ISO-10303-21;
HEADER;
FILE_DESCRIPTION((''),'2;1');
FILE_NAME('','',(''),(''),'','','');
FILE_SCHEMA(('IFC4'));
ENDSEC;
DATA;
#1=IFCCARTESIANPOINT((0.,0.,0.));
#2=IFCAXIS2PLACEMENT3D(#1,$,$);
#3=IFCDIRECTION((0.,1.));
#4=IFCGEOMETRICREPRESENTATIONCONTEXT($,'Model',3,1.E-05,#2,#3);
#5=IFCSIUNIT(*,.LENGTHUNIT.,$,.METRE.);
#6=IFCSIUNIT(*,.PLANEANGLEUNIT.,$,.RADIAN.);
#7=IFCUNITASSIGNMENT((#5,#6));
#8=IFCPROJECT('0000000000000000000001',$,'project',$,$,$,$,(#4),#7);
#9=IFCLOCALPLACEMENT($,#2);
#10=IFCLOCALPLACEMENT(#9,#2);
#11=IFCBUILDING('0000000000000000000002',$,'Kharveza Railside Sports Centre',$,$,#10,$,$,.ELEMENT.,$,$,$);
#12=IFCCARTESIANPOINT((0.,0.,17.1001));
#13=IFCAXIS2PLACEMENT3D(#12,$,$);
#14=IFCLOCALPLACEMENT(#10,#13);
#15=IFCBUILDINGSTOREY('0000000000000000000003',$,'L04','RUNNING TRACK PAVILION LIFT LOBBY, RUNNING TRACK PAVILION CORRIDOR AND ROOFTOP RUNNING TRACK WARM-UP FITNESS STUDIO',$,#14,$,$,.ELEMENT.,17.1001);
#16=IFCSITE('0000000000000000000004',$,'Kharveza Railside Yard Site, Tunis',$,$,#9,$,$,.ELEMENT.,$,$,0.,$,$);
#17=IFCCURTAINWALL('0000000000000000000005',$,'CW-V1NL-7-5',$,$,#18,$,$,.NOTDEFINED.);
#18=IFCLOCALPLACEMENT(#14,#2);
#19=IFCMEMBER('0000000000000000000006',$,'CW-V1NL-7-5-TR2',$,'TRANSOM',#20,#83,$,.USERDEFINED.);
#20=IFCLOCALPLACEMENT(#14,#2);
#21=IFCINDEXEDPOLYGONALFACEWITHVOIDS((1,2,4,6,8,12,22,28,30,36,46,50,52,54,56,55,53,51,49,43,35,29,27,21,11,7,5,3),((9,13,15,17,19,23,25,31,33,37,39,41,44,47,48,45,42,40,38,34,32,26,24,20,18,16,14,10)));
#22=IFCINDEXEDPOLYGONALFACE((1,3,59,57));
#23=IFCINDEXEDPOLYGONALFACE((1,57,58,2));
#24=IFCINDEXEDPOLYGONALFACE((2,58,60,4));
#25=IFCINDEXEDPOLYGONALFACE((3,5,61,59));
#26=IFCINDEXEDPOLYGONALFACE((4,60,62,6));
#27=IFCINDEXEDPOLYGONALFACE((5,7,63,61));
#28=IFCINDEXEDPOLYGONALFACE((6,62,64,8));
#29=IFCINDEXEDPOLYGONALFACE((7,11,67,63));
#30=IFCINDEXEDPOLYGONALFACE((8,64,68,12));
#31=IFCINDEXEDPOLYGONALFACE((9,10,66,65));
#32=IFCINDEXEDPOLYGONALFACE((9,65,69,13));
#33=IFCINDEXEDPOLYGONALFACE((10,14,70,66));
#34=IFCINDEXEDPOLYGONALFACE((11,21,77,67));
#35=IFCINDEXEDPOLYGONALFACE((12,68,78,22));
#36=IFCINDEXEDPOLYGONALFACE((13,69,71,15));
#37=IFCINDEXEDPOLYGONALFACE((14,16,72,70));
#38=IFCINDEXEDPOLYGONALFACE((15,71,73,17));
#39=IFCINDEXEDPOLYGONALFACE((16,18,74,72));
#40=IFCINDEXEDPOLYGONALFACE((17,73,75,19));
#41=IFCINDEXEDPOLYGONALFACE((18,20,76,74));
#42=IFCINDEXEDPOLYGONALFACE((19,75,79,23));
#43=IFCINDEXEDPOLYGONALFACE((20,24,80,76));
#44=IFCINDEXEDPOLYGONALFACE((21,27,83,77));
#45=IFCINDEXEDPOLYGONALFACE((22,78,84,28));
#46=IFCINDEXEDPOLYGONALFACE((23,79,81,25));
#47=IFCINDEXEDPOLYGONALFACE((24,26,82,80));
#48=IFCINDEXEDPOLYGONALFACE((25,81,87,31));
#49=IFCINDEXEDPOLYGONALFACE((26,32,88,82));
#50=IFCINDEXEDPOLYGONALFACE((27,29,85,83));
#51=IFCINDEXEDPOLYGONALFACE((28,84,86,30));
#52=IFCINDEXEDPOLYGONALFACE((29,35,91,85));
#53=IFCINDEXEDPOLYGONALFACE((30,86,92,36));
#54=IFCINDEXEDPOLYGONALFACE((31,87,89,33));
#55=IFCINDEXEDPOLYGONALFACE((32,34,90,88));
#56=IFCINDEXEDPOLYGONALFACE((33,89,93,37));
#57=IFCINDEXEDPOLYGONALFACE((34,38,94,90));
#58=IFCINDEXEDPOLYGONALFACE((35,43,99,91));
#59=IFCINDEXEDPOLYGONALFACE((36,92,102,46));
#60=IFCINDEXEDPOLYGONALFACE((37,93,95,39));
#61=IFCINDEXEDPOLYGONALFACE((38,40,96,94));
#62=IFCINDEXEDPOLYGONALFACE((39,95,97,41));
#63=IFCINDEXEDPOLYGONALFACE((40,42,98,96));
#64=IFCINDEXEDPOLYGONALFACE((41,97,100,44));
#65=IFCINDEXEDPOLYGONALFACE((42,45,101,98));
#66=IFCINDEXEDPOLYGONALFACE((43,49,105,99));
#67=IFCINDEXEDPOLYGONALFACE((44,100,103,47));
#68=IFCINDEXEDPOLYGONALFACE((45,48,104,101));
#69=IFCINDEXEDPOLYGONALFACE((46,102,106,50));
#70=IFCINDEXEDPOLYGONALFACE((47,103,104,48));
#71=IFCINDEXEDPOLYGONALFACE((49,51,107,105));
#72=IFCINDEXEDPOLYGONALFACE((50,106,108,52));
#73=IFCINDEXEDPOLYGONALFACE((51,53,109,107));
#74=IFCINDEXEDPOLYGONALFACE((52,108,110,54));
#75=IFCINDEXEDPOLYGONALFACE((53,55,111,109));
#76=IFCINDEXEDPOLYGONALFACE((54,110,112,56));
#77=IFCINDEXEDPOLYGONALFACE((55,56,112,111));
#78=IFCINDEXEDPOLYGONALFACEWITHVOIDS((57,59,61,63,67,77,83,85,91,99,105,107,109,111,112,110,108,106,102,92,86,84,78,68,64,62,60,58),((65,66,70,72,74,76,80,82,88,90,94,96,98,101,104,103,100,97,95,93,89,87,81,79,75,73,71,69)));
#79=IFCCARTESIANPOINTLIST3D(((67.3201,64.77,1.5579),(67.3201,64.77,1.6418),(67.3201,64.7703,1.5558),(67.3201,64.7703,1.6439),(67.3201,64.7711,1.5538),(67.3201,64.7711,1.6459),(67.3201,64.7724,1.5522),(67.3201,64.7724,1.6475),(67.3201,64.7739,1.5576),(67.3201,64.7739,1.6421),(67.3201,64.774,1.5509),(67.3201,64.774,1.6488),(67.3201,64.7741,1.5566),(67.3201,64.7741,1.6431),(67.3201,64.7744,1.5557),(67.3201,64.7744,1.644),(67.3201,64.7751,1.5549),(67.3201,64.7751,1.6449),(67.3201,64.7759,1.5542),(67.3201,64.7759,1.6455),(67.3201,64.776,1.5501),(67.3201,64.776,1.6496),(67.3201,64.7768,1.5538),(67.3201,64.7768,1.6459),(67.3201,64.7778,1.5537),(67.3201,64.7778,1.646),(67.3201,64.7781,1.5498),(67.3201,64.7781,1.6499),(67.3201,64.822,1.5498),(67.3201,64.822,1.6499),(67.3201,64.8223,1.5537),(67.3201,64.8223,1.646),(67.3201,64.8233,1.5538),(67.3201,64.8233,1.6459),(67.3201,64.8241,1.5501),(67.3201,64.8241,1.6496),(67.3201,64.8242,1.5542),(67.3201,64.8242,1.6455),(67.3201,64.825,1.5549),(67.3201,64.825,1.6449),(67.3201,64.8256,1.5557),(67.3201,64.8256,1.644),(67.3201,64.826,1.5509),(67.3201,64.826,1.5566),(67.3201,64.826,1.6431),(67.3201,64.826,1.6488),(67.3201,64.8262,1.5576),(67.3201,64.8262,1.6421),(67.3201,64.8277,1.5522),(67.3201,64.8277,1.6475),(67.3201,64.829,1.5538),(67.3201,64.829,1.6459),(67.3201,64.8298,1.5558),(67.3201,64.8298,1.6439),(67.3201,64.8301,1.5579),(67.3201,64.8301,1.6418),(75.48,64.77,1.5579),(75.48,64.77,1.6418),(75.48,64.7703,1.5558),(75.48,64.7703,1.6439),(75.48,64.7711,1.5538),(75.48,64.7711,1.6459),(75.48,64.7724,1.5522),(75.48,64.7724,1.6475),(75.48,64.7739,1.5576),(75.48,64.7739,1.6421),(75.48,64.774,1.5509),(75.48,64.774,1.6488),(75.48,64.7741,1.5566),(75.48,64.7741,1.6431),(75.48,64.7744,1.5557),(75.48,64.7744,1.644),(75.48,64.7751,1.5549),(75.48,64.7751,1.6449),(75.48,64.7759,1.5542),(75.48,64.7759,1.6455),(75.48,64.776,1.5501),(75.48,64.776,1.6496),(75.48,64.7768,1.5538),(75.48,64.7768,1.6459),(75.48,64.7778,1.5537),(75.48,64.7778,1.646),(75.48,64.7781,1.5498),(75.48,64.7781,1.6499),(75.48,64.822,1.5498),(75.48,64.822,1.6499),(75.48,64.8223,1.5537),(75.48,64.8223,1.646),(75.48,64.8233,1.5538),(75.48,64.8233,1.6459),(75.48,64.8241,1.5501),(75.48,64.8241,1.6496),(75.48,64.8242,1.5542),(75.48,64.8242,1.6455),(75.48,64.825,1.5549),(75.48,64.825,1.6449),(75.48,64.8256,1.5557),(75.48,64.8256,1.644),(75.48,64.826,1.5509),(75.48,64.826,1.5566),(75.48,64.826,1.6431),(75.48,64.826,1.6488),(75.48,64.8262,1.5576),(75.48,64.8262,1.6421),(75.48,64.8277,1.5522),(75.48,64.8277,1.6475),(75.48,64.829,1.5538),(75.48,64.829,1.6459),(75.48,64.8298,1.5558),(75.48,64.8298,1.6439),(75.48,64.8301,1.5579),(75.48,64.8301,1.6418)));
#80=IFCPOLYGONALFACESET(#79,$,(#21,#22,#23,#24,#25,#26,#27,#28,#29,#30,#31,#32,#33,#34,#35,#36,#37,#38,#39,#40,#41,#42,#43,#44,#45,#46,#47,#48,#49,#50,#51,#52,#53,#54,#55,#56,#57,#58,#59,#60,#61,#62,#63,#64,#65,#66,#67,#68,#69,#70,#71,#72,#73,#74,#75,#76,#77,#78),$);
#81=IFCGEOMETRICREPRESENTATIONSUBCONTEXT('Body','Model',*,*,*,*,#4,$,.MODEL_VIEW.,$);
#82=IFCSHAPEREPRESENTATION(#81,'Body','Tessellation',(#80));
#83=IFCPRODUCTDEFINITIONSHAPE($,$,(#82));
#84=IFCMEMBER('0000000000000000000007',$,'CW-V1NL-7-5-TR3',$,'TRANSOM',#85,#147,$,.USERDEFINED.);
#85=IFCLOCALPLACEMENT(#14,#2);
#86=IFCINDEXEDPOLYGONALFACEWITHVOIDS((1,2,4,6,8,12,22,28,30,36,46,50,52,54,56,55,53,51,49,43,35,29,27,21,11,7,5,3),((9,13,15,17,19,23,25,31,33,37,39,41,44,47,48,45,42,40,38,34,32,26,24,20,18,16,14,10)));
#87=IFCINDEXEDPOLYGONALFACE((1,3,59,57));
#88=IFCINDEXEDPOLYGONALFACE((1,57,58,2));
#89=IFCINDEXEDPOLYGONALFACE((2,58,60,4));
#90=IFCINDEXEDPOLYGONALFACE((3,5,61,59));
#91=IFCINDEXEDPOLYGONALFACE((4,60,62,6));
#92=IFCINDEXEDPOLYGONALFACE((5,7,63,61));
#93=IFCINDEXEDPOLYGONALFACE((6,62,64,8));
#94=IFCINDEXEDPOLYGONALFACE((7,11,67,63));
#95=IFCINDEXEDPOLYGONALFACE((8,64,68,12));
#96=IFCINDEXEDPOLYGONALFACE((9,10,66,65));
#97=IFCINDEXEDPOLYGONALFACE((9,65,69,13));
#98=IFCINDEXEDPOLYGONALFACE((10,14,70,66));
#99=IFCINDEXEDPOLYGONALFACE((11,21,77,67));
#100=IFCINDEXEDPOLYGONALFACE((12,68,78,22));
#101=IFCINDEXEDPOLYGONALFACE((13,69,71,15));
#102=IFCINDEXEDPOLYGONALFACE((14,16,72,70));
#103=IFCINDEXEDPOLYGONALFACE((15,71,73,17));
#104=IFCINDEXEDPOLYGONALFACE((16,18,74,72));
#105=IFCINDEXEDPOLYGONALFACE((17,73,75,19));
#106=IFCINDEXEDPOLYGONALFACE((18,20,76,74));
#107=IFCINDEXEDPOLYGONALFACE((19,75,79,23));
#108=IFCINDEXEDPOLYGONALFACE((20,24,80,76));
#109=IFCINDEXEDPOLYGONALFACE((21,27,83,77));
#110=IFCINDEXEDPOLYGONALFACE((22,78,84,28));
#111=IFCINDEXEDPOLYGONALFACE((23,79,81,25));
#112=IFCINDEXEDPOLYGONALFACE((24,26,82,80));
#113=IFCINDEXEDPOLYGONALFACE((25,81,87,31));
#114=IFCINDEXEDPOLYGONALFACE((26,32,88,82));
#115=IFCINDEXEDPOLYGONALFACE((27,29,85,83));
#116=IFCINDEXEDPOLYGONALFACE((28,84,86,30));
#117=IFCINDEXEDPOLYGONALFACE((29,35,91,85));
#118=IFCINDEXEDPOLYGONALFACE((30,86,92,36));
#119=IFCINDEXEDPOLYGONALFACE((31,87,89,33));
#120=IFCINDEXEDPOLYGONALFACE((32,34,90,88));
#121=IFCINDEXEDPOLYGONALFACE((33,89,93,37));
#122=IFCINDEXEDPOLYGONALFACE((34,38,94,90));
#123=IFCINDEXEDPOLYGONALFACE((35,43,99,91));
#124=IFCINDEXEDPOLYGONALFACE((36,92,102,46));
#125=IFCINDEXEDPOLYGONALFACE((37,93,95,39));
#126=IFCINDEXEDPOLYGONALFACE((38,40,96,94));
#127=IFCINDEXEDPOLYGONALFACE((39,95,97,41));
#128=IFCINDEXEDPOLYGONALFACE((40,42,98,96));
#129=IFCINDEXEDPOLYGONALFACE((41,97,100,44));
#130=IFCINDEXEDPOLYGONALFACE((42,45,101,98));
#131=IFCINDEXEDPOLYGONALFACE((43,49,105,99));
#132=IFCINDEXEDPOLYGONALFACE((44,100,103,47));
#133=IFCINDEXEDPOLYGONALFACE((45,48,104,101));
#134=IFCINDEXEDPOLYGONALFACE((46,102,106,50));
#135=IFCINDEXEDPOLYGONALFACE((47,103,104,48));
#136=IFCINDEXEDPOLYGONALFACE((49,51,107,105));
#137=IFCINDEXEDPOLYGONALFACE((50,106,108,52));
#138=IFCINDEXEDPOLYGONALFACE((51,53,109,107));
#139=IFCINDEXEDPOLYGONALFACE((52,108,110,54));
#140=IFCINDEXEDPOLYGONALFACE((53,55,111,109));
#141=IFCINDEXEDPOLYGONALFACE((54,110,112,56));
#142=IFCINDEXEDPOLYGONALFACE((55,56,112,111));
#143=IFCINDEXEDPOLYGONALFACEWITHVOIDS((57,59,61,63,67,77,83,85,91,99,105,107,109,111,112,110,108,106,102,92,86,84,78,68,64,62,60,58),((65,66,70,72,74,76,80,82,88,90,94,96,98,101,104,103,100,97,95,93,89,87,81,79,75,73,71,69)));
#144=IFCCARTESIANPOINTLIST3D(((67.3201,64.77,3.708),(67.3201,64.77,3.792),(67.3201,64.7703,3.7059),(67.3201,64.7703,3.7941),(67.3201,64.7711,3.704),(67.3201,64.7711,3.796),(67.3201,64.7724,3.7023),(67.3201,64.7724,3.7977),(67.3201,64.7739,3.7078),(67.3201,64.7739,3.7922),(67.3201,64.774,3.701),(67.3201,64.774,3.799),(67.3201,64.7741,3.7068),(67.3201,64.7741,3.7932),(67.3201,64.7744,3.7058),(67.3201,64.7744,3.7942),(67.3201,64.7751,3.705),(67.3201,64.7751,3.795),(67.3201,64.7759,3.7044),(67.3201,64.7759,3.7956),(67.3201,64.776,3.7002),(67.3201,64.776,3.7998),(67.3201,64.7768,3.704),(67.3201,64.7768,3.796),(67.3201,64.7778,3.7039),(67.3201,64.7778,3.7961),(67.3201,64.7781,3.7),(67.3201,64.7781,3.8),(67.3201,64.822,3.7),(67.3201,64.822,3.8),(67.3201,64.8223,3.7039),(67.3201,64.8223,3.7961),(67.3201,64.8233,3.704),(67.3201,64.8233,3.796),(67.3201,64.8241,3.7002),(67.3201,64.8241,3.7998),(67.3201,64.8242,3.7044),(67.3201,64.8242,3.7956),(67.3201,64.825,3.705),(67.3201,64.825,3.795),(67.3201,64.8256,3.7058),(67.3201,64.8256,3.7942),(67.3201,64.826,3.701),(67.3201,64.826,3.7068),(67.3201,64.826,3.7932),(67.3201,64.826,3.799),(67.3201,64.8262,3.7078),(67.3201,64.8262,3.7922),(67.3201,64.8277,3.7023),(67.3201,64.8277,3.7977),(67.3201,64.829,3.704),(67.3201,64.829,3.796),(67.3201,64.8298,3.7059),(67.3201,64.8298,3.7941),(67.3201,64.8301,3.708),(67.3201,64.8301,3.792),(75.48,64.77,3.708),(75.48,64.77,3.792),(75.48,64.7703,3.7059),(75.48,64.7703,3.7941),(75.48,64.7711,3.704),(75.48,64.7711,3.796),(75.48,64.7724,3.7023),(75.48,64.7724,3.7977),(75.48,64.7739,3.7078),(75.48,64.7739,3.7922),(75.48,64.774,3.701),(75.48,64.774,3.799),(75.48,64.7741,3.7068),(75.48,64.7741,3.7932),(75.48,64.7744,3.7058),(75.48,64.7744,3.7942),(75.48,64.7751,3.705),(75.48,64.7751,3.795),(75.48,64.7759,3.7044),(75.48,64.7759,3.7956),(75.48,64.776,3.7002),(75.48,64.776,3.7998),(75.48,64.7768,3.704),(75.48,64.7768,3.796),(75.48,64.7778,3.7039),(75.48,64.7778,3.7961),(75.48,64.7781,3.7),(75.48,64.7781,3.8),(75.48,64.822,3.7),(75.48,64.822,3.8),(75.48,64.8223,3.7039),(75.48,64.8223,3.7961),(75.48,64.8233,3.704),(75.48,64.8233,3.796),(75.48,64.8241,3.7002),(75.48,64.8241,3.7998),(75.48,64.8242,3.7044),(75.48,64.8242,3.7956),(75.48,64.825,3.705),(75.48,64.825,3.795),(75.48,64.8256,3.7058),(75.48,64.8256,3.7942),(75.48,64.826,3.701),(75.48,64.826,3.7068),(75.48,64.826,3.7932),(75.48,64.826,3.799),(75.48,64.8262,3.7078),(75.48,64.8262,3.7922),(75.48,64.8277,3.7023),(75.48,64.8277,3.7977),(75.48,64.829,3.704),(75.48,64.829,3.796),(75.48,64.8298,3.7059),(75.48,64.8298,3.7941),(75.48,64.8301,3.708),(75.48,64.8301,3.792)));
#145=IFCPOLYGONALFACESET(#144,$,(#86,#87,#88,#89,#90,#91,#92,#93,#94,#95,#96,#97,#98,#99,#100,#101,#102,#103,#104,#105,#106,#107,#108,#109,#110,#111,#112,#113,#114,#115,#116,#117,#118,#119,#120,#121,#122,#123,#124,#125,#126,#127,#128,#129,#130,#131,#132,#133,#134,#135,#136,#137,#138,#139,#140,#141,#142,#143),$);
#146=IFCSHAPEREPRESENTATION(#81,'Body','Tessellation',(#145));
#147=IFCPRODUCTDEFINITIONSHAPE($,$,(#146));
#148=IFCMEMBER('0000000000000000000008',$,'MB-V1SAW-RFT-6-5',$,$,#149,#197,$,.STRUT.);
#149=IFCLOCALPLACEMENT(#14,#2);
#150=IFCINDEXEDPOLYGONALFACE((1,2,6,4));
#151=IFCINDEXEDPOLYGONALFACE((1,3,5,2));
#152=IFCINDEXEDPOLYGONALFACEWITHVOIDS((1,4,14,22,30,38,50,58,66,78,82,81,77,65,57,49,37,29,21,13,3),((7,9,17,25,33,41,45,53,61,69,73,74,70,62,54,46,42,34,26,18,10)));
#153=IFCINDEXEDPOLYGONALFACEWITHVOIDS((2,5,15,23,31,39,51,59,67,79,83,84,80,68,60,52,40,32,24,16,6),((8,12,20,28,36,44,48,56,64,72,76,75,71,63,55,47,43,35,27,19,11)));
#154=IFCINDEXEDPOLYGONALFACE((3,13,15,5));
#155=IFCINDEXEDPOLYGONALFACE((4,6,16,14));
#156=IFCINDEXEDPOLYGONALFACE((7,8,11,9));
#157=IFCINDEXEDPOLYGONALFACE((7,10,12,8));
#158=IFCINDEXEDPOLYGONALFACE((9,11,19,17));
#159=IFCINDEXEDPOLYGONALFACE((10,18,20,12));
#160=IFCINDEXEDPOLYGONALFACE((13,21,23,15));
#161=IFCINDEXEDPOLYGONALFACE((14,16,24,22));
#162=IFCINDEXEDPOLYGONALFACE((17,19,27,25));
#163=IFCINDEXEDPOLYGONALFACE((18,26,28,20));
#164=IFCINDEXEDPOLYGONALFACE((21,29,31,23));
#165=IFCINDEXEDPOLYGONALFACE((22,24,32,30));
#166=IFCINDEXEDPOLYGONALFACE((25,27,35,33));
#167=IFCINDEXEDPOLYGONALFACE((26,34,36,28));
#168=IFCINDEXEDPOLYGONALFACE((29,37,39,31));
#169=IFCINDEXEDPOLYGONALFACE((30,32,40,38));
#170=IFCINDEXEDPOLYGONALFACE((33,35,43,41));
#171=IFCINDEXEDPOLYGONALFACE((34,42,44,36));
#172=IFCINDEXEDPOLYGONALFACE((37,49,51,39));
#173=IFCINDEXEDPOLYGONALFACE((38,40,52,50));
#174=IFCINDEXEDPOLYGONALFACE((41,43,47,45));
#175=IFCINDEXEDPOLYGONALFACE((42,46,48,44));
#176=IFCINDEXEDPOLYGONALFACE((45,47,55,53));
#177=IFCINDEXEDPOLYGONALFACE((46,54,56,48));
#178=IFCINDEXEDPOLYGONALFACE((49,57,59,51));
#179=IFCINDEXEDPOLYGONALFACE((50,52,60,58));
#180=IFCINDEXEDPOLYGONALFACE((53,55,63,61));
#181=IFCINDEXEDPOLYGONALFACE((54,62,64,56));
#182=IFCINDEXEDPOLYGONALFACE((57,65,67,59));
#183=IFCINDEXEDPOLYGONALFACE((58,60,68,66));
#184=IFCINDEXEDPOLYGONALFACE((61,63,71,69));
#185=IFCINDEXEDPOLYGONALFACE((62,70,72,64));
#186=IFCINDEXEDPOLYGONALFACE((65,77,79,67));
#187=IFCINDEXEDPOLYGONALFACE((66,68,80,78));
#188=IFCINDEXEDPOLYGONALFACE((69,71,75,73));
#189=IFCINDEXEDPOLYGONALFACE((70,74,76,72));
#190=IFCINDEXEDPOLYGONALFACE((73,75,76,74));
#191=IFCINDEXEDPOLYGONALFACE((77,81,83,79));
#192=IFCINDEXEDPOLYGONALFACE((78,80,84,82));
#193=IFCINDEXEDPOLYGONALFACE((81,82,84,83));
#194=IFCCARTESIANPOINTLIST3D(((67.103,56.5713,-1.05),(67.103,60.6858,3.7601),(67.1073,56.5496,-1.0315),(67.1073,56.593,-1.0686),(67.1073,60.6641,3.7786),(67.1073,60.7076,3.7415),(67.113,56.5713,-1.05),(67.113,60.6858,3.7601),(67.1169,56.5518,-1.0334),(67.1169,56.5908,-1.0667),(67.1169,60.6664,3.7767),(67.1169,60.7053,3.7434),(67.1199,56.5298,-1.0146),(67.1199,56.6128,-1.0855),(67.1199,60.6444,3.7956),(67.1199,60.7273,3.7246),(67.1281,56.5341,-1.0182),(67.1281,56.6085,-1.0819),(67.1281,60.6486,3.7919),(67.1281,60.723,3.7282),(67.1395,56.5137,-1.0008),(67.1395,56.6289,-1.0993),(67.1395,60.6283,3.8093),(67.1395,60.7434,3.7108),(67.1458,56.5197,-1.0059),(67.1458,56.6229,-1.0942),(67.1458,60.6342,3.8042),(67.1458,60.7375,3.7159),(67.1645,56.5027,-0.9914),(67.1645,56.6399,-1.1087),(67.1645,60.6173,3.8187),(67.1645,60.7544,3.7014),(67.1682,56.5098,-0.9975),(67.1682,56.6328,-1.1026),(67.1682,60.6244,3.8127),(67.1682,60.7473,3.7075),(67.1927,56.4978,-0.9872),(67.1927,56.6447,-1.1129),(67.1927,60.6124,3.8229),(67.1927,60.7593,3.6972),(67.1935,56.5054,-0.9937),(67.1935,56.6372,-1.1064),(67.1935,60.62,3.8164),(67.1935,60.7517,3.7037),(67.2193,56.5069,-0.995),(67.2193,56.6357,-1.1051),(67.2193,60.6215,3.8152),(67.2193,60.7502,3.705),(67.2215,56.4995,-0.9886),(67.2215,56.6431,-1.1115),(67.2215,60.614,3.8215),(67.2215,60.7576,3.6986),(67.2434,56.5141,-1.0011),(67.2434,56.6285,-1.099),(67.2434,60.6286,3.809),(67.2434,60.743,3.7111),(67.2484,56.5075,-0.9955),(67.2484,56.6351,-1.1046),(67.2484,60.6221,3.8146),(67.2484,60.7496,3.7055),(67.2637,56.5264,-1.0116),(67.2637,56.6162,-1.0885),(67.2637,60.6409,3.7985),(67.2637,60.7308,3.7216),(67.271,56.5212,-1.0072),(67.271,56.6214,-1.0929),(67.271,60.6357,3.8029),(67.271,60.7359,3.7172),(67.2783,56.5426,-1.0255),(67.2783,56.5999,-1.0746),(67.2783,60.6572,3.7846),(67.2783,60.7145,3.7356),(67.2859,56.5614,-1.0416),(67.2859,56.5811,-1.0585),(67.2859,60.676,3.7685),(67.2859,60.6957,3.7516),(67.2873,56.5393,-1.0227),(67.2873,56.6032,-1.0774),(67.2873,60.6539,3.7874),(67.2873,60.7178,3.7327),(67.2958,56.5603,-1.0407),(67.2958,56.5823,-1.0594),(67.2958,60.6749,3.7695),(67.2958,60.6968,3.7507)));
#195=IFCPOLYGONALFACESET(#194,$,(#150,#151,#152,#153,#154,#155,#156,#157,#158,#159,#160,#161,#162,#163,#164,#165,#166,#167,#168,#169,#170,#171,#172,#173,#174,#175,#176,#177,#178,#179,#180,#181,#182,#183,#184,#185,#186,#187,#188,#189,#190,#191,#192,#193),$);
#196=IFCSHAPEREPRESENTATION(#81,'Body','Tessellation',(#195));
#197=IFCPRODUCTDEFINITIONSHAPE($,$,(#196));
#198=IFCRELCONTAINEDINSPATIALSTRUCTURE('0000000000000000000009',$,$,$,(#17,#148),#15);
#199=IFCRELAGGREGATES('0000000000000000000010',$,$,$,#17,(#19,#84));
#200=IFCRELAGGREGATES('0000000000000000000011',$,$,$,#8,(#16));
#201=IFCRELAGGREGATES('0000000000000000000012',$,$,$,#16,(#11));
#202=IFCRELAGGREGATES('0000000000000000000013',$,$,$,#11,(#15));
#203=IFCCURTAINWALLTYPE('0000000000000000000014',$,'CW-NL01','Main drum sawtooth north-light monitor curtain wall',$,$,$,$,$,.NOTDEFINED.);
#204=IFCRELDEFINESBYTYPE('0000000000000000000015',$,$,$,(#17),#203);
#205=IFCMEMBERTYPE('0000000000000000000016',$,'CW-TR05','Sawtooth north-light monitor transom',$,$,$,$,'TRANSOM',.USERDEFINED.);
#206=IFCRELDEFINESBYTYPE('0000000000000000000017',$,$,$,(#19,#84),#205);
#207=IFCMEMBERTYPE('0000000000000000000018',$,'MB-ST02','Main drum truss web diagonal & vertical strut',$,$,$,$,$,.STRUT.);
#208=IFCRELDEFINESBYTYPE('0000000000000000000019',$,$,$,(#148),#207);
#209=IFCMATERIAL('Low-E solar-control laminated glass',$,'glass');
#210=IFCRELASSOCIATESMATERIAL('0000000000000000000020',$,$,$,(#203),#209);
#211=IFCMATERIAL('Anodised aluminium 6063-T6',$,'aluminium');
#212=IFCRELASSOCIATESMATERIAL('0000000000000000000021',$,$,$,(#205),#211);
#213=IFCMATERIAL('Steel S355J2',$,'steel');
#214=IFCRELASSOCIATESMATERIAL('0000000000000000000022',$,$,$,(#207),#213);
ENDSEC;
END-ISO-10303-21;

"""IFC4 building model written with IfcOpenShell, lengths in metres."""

from ifc_helpers import new_model, si_unit, direction, frame, origin, origin_2d, place, context, subcontext, project, spatial, hollow_rectangle, hollow_circle, extrude, material, material_profile, profile_set, type_object, element, aggregate, save


model = new_model("IFC4")

# Units and contexts
model_context = context("Model", 3, precision=1e-05, world=origin(), true_north=direction((0.0, 1.0)))
body_context = subcontext(model_context, "Body", "Model", "MODEL_VIEW")
ifc_project = project(units=[si_unit("LENGTHUNIT", "METRE"), si_unit("PLANEANGLEUNIT", "RADIAN")], contexts=[model_context])

# Site, building, storey
site_placement = place(None, origin())
site = spatial("IfcSite", under=ifc_project, at=site_placement, Name="Kharveza Railside Yard Site, Tunis", CompositionType="ELEMENT", RefElevation=0.0)
building_placement = place(site_placement, origin())
building = spatial("IfcBuilding", under=site, at=building_placement, Name="Kharveza Railside Sports Centre", CompositionType="ELEMENT")
storey_placement = place(building_placement, frame((0.0, 0.0, 17.1001)))
storey = spatial("IfcBuildingStorey", under=building, at=storey_placement, Name="L04", Description="RUNNING TRACK PAVILION LIFT LOBBY, RUNNING TRACK PAVILION CORRIDOR AND ROOFTOP RUNNING TRACK WARM-UP FITNESS STUDIO", CompositionType="ELEMENT", Elevation=17.1001)

# Shared definitions
ifc_material_1 = material(Name="Low-E solar-control laminated glass", Category="glass")
curtain_wall_type = type_object("IfcCurtainWallType", Name="CW-NL01", Description="Main drum sawtooth north-light monitor curtain wall", PredefinedType="NOTDEFINED", material=ifc_material_1)
ifc_material_2 = material(Name="Anodised aluminium 6063-T6", Category="aluminium")

# Curtain wall
curtain_wall_1_placement = place(storey_placement, origin())
curtain_wall_1 = element("IfcCurtainWall", 1, at=curtain_wall_1_placement, inside=storey, type_object=curtain_wall_type, Name="CW-V1NL-7-5", PredefinedType="NOTDEFINED")

# Members
ifc_material_profile_1 = material_profile(ifc_material_2, hollow_rectangle(XDim=0.0601, YDim=0.1001, WallThickness=0.0039, InnerFilletRadius=0.0039, OuterFilletRadius=0.0081, at=origin_2d()), Name="RHS 60x100x4.0")
ifc_profile_set_1 = profile_set([ifc_material_profile_1], Name="Anodised aluminium 6063-T6")
member_type_1 = type_object("IfcMemberType", Name="CW-TR05", Description="Sawtooth north-light monitor transom", ElementType="TRANSOM", PredefinedType="USERDEFINED", material=ifc_profile_set_1)
member_1_placement = place(storey_placement, frame((67.3201, 64.8, 1.5999), z_axis=(1.0, 0.0, 0.0), x_axis=(0.0, 1.0, 0.0)))
member_1 = element("IfcMember", 2, at=member_1_placement, type_object=member_type_1, Name="CW-V1NL-7-5-TR2", ObjectType="TRANSOM", PredefinedType="USERDEFINED", context=body_context, shape_type="SweptSolid", body=[
    extrude(hollow_rectangle(XDim=0.0601, YDim=0.1001, WallThickness=0.0039, InnerFilletRadius=0.0039, OuterFilletRadius=0.0081, at=origin_2d()), origin(), (0.0, 0.0, 1.0), 8.1599),
])
member_2_placement = place(storey_placement, frame((67.3201, 64.8, 3.75), z_axis=(1.0, 0.0, 0.0), x_axis=(0.0, 1.0, 0.0)))
member_2 = element("IfcMember", 3, at=member_2_placement, type_object=member_type_1, Name="CW-V1NL-7-5-TR3", ObjectType="TRANSOM", PredefinedType="USERDEFINED", context=body_context, shape_type="SweptSolid", body=[
    extrude(hollow_rectangle(XDim=0.0601, YDim=0.1001, WallThickness=0.0039, InnerFilletRadius=0.0039, OuterFilletRadius=0.0081, at=origin_2d()), origin(), (0.0, 0.0, 1.0), 8.1599),
])

# Member
ifc_material_3 = material(Name="Steel S355J2", Category="steel")
ifc_material_profile_2 = material_profile(ifc_material_3, hollow_circle(Radius=0.0969, WallThickness=0.01, at=origin_2d()), Name="CHS 193.7x10.0")
ifc_profile_set_2 = profile_set([ifc_material_profile_2], Name="Steel S355J2")
member_type_2 = type_object("IfcMemberType", Name="MB-ST02", Description="Main drum truss web diagonal & vertical strut", PredefinedType="STRUT", material=ifc_profile_set_2)
member_3_placement = place(storey_placement, frame((67.2, 56.5713, -1.05), z_axis=(0.0, 0.650026, 0.759912), x_axis=(-1.0, 0.0, 0.0)))
element("IfcMember", 4, at=member_3_placement, inside=storey, type_object=member_type_2, Name="MB-V1SAW-RFT-6-5", PredefinedType="STRUT", context=body_context, shape_type="SweptSolid", body=[
    extrude(hollow_circle(Radius=0.0969, WallThickness=0.01, at=origin_2d()), origin(), (0.0, 0.0, 1.0), 6.3298),
])

aggregate(curtain_wall_1, [member_1, member_2])

save(model, "model.ifc")
